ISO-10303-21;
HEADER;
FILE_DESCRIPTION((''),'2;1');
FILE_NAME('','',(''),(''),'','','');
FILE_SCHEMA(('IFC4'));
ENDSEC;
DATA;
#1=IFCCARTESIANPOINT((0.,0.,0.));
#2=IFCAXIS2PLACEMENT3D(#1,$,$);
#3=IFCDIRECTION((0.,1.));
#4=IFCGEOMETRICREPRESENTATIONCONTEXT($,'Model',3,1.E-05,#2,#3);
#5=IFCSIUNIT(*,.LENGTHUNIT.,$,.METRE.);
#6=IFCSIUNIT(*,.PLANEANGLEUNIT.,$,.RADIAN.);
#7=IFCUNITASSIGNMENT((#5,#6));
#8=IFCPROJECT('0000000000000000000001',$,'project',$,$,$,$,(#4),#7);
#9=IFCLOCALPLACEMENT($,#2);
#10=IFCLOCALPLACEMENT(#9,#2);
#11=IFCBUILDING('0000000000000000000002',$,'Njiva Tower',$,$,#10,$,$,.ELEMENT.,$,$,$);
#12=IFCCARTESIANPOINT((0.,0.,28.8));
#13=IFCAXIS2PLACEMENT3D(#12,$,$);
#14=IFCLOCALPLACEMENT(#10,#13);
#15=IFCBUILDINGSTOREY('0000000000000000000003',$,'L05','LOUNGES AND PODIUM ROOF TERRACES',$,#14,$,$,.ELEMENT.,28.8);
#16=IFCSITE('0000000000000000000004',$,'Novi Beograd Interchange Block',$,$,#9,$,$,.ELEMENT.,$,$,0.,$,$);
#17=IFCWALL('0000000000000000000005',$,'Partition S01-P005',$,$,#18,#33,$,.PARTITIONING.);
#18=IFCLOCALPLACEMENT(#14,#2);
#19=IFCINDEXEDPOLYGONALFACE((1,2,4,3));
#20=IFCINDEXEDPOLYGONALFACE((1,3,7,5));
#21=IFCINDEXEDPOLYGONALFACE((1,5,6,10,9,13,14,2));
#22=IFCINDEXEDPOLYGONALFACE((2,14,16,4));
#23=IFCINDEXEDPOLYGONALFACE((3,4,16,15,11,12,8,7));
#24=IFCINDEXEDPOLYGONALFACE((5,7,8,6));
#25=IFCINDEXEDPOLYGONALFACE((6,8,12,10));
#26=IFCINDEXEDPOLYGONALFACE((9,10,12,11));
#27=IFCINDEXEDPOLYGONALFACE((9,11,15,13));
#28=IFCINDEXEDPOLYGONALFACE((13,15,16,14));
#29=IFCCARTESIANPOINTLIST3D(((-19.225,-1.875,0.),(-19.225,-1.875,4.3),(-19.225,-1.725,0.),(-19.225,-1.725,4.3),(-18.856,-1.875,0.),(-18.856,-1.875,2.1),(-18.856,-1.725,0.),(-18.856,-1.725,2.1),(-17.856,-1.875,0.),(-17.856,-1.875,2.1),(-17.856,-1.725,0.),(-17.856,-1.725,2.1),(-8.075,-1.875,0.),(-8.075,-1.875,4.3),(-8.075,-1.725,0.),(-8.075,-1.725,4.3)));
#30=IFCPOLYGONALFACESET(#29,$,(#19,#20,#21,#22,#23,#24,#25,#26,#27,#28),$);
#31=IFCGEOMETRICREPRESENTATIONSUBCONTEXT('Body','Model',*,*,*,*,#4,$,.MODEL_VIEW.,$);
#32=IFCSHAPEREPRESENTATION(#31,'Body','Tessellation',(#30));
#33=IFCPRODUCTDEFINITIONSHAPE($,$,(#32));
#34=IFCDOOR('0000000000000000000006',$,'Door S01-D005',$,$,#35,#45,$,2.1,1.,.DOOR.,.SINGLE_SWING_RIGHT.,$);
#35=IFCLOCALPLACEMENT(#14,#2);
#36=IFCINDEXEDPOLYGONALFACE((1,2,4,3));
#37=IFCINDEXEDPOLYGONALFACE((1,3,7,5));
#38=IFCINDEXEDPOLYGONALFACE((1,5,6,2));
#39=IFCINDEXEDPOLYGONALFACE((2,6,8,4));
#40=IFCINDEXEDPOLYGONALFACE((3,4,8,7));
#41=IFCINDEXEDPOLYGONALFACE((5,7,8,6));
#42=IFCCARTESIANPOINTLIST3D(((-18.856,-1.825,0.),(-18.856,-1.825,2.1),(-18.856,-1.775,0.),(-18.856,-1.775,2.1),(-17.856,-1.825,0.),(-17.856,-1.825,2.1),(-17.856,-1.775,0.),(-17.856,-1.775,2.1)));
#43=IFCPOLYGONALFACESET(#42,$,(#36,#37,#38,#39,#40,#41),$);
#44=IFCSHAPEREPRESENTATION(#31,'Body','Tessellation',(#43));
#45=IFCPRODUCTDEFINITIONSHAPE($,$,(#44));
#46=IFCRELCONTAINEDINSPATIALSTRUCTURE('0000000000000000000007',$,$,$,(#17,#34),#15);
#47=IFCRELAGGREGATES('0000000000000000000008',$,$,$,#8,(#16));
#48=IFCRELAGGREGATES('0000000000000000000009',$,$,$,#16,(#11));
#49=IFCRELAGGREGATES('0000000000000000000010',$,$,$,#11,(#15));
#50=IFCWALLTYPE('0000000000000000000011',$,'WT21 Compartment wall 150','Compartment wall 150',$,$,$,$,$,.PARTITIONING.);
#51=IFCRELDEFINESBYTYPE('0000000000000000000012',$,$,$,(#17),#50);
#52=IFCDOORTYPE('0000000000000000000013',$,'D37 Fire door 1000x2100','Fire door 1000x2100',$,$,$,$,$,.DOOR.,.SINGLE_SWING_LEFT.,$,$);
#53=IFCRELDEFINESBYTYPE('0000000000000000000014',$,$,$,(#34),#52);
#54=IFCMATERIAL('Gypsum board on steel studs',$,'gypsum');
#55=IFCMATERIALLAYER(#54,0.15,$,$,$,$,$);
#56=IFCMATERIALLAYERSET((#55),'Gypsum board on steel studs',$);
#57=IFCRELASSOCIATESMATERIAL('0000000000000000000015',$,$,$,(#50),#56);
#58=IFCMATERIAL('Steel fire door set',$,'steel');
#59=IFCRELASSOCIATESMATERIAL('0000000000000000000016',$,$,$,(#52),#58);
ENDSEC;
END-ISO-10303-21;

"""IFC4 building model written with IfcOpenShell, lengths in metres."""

from ifc_helpers import new_model, si_unit, direction, frame, frame_2d, origin, place, context, subcontext, project, spatial, rectangle, extrude, material, layer, layer_set, type_object, element, fill, save


model = new_model("IFC4")

# Units and contexts
model_context = context("Model", 3, precision=1e-05, world=origin(), true_north=direction((0.0, 1.0)))
body_context = subcontext(model_context, "Body", "Model", "MODEL_VIEW")
ifc_project = project(units=[si_unit("LENGTHUNIT", "METRE"), si_unit("PLANEANGLEUNIT", "RADIAN")], contexts=[model_context])

# Site, building, storey
site_placement = place(None, origin())
site = spatial("IfcSite", under=ifc_project, at=site_placement, Name="Novi Beograd Interchange Block", CompositionType="ELEMENT", RefElevation=0.0)
building_placement = place(site_placement, origin())
building = spatial("IfcBuilding", under=site, at=building_placement, Name="Njiva Tower", CompositionType="ELEMENT")
storey_placement = place(building_placement, frame((0.0, 0.0, 28.8)))
storey = spatial("IfcBuildingStorey", under=building, at=storey_placement, Name="L05", Description="LOUNGES AND PODIUM ROOF TERRACES", CompositionType="ELEMENT", Elevation=28.8)

# Shared definitions
ifc_material_1 = material(Name="Gypsum board on steel studs", Category="gypsum")

# Shared definitions
ifc_layer_1 = layer(ifc_material_1, 0.15)
ifc_layer_set_1 = layer_set([ifc_layer_1], Name="Gypsum board on steel studs")
wall_type_1 = type_object("IfcWallType", Name="WT21 Compartment wall 150", Description="Compartment wall 150", PredefinedType="PARTITIONING", material=ifc_layer_set_1)
ifc_material_2 = material(Name="Steel fire door set", Category="steel")
door_type = type_object("IfcDoorType", Name="D37 Fire door 1000x2100", Description="Fire door 1000x2100", OperationType="SINGLE_SWING_LEFT", PredefinedType="DOOR", material=ifc_material_2)

# Wall, opening, door
wall_1_placement = place(storey_placement, frame((-19.225, -1.8, 0.0), z_axis=(0.0, 0.0, 1.0), x_axis=(1.0, 0.0, 0.0)))
wall_1 = element("IfcWall", 1, at=wall_1_placement, inside=storey, type_object=wall_type_1, Name="Partition S01-P005", PredefinedType="PARTITIONING", context=body_context, shape_type="SweptSolid", body=[
    extrude(rectangle(XDim=11.15, YDim=0.15, at=frame_2d((5.575, 0.0))), origin(), (0.0, 0.0, 1.0), 4.3),
])
opening_1_placement = place(wall_1_placement, frame((0.369, 0.0, 0.0)))
opening_1 = element("IfcOpeningElement", 2, at=opening_1_placement, cuts=wall_1, PredefinedType="OPENING", context=body_context, shape_type="SweptSolid", body=[
    extrude(rectangle(XDim=1.0, YDim=2.1, at=frame_2d((0.5, 1.05))), frame((0.0, 0.085, 0.0), z_axis=(0.0, -1.0, 0.0), x_axis=(1.0, 0.0, 0.0)), (0.0, 0.0, 1.0), 0.17),
])
door_1_placement = place(opening_1_placement, origin())
door_1 = element("IfcDoor", 3, at=door_1_placement, inside=storey, type_object=door_type, Name="Door S01-D005", OperationType="SINGLE_SWING_RIGHT", OverallHeight=2.1, OverallWidth=1.0, PredefinedType="DOOR", context=body_context, shape_type="SweptSolid", body=[
    extrude(rectangle(XDim=1.0, YDim=2.1, at=frame_2d((0.5, 1.05))), frame((0.0, 0.025, 0.0), z_axis=(0.0, -1.0, 0.0), x_axis=(1.0, 0.0, 0.0)), (0.0, 0.0, 1.0), 0.05),
])
fill(opening_1, door_1)

save(model, "model.ifc")
